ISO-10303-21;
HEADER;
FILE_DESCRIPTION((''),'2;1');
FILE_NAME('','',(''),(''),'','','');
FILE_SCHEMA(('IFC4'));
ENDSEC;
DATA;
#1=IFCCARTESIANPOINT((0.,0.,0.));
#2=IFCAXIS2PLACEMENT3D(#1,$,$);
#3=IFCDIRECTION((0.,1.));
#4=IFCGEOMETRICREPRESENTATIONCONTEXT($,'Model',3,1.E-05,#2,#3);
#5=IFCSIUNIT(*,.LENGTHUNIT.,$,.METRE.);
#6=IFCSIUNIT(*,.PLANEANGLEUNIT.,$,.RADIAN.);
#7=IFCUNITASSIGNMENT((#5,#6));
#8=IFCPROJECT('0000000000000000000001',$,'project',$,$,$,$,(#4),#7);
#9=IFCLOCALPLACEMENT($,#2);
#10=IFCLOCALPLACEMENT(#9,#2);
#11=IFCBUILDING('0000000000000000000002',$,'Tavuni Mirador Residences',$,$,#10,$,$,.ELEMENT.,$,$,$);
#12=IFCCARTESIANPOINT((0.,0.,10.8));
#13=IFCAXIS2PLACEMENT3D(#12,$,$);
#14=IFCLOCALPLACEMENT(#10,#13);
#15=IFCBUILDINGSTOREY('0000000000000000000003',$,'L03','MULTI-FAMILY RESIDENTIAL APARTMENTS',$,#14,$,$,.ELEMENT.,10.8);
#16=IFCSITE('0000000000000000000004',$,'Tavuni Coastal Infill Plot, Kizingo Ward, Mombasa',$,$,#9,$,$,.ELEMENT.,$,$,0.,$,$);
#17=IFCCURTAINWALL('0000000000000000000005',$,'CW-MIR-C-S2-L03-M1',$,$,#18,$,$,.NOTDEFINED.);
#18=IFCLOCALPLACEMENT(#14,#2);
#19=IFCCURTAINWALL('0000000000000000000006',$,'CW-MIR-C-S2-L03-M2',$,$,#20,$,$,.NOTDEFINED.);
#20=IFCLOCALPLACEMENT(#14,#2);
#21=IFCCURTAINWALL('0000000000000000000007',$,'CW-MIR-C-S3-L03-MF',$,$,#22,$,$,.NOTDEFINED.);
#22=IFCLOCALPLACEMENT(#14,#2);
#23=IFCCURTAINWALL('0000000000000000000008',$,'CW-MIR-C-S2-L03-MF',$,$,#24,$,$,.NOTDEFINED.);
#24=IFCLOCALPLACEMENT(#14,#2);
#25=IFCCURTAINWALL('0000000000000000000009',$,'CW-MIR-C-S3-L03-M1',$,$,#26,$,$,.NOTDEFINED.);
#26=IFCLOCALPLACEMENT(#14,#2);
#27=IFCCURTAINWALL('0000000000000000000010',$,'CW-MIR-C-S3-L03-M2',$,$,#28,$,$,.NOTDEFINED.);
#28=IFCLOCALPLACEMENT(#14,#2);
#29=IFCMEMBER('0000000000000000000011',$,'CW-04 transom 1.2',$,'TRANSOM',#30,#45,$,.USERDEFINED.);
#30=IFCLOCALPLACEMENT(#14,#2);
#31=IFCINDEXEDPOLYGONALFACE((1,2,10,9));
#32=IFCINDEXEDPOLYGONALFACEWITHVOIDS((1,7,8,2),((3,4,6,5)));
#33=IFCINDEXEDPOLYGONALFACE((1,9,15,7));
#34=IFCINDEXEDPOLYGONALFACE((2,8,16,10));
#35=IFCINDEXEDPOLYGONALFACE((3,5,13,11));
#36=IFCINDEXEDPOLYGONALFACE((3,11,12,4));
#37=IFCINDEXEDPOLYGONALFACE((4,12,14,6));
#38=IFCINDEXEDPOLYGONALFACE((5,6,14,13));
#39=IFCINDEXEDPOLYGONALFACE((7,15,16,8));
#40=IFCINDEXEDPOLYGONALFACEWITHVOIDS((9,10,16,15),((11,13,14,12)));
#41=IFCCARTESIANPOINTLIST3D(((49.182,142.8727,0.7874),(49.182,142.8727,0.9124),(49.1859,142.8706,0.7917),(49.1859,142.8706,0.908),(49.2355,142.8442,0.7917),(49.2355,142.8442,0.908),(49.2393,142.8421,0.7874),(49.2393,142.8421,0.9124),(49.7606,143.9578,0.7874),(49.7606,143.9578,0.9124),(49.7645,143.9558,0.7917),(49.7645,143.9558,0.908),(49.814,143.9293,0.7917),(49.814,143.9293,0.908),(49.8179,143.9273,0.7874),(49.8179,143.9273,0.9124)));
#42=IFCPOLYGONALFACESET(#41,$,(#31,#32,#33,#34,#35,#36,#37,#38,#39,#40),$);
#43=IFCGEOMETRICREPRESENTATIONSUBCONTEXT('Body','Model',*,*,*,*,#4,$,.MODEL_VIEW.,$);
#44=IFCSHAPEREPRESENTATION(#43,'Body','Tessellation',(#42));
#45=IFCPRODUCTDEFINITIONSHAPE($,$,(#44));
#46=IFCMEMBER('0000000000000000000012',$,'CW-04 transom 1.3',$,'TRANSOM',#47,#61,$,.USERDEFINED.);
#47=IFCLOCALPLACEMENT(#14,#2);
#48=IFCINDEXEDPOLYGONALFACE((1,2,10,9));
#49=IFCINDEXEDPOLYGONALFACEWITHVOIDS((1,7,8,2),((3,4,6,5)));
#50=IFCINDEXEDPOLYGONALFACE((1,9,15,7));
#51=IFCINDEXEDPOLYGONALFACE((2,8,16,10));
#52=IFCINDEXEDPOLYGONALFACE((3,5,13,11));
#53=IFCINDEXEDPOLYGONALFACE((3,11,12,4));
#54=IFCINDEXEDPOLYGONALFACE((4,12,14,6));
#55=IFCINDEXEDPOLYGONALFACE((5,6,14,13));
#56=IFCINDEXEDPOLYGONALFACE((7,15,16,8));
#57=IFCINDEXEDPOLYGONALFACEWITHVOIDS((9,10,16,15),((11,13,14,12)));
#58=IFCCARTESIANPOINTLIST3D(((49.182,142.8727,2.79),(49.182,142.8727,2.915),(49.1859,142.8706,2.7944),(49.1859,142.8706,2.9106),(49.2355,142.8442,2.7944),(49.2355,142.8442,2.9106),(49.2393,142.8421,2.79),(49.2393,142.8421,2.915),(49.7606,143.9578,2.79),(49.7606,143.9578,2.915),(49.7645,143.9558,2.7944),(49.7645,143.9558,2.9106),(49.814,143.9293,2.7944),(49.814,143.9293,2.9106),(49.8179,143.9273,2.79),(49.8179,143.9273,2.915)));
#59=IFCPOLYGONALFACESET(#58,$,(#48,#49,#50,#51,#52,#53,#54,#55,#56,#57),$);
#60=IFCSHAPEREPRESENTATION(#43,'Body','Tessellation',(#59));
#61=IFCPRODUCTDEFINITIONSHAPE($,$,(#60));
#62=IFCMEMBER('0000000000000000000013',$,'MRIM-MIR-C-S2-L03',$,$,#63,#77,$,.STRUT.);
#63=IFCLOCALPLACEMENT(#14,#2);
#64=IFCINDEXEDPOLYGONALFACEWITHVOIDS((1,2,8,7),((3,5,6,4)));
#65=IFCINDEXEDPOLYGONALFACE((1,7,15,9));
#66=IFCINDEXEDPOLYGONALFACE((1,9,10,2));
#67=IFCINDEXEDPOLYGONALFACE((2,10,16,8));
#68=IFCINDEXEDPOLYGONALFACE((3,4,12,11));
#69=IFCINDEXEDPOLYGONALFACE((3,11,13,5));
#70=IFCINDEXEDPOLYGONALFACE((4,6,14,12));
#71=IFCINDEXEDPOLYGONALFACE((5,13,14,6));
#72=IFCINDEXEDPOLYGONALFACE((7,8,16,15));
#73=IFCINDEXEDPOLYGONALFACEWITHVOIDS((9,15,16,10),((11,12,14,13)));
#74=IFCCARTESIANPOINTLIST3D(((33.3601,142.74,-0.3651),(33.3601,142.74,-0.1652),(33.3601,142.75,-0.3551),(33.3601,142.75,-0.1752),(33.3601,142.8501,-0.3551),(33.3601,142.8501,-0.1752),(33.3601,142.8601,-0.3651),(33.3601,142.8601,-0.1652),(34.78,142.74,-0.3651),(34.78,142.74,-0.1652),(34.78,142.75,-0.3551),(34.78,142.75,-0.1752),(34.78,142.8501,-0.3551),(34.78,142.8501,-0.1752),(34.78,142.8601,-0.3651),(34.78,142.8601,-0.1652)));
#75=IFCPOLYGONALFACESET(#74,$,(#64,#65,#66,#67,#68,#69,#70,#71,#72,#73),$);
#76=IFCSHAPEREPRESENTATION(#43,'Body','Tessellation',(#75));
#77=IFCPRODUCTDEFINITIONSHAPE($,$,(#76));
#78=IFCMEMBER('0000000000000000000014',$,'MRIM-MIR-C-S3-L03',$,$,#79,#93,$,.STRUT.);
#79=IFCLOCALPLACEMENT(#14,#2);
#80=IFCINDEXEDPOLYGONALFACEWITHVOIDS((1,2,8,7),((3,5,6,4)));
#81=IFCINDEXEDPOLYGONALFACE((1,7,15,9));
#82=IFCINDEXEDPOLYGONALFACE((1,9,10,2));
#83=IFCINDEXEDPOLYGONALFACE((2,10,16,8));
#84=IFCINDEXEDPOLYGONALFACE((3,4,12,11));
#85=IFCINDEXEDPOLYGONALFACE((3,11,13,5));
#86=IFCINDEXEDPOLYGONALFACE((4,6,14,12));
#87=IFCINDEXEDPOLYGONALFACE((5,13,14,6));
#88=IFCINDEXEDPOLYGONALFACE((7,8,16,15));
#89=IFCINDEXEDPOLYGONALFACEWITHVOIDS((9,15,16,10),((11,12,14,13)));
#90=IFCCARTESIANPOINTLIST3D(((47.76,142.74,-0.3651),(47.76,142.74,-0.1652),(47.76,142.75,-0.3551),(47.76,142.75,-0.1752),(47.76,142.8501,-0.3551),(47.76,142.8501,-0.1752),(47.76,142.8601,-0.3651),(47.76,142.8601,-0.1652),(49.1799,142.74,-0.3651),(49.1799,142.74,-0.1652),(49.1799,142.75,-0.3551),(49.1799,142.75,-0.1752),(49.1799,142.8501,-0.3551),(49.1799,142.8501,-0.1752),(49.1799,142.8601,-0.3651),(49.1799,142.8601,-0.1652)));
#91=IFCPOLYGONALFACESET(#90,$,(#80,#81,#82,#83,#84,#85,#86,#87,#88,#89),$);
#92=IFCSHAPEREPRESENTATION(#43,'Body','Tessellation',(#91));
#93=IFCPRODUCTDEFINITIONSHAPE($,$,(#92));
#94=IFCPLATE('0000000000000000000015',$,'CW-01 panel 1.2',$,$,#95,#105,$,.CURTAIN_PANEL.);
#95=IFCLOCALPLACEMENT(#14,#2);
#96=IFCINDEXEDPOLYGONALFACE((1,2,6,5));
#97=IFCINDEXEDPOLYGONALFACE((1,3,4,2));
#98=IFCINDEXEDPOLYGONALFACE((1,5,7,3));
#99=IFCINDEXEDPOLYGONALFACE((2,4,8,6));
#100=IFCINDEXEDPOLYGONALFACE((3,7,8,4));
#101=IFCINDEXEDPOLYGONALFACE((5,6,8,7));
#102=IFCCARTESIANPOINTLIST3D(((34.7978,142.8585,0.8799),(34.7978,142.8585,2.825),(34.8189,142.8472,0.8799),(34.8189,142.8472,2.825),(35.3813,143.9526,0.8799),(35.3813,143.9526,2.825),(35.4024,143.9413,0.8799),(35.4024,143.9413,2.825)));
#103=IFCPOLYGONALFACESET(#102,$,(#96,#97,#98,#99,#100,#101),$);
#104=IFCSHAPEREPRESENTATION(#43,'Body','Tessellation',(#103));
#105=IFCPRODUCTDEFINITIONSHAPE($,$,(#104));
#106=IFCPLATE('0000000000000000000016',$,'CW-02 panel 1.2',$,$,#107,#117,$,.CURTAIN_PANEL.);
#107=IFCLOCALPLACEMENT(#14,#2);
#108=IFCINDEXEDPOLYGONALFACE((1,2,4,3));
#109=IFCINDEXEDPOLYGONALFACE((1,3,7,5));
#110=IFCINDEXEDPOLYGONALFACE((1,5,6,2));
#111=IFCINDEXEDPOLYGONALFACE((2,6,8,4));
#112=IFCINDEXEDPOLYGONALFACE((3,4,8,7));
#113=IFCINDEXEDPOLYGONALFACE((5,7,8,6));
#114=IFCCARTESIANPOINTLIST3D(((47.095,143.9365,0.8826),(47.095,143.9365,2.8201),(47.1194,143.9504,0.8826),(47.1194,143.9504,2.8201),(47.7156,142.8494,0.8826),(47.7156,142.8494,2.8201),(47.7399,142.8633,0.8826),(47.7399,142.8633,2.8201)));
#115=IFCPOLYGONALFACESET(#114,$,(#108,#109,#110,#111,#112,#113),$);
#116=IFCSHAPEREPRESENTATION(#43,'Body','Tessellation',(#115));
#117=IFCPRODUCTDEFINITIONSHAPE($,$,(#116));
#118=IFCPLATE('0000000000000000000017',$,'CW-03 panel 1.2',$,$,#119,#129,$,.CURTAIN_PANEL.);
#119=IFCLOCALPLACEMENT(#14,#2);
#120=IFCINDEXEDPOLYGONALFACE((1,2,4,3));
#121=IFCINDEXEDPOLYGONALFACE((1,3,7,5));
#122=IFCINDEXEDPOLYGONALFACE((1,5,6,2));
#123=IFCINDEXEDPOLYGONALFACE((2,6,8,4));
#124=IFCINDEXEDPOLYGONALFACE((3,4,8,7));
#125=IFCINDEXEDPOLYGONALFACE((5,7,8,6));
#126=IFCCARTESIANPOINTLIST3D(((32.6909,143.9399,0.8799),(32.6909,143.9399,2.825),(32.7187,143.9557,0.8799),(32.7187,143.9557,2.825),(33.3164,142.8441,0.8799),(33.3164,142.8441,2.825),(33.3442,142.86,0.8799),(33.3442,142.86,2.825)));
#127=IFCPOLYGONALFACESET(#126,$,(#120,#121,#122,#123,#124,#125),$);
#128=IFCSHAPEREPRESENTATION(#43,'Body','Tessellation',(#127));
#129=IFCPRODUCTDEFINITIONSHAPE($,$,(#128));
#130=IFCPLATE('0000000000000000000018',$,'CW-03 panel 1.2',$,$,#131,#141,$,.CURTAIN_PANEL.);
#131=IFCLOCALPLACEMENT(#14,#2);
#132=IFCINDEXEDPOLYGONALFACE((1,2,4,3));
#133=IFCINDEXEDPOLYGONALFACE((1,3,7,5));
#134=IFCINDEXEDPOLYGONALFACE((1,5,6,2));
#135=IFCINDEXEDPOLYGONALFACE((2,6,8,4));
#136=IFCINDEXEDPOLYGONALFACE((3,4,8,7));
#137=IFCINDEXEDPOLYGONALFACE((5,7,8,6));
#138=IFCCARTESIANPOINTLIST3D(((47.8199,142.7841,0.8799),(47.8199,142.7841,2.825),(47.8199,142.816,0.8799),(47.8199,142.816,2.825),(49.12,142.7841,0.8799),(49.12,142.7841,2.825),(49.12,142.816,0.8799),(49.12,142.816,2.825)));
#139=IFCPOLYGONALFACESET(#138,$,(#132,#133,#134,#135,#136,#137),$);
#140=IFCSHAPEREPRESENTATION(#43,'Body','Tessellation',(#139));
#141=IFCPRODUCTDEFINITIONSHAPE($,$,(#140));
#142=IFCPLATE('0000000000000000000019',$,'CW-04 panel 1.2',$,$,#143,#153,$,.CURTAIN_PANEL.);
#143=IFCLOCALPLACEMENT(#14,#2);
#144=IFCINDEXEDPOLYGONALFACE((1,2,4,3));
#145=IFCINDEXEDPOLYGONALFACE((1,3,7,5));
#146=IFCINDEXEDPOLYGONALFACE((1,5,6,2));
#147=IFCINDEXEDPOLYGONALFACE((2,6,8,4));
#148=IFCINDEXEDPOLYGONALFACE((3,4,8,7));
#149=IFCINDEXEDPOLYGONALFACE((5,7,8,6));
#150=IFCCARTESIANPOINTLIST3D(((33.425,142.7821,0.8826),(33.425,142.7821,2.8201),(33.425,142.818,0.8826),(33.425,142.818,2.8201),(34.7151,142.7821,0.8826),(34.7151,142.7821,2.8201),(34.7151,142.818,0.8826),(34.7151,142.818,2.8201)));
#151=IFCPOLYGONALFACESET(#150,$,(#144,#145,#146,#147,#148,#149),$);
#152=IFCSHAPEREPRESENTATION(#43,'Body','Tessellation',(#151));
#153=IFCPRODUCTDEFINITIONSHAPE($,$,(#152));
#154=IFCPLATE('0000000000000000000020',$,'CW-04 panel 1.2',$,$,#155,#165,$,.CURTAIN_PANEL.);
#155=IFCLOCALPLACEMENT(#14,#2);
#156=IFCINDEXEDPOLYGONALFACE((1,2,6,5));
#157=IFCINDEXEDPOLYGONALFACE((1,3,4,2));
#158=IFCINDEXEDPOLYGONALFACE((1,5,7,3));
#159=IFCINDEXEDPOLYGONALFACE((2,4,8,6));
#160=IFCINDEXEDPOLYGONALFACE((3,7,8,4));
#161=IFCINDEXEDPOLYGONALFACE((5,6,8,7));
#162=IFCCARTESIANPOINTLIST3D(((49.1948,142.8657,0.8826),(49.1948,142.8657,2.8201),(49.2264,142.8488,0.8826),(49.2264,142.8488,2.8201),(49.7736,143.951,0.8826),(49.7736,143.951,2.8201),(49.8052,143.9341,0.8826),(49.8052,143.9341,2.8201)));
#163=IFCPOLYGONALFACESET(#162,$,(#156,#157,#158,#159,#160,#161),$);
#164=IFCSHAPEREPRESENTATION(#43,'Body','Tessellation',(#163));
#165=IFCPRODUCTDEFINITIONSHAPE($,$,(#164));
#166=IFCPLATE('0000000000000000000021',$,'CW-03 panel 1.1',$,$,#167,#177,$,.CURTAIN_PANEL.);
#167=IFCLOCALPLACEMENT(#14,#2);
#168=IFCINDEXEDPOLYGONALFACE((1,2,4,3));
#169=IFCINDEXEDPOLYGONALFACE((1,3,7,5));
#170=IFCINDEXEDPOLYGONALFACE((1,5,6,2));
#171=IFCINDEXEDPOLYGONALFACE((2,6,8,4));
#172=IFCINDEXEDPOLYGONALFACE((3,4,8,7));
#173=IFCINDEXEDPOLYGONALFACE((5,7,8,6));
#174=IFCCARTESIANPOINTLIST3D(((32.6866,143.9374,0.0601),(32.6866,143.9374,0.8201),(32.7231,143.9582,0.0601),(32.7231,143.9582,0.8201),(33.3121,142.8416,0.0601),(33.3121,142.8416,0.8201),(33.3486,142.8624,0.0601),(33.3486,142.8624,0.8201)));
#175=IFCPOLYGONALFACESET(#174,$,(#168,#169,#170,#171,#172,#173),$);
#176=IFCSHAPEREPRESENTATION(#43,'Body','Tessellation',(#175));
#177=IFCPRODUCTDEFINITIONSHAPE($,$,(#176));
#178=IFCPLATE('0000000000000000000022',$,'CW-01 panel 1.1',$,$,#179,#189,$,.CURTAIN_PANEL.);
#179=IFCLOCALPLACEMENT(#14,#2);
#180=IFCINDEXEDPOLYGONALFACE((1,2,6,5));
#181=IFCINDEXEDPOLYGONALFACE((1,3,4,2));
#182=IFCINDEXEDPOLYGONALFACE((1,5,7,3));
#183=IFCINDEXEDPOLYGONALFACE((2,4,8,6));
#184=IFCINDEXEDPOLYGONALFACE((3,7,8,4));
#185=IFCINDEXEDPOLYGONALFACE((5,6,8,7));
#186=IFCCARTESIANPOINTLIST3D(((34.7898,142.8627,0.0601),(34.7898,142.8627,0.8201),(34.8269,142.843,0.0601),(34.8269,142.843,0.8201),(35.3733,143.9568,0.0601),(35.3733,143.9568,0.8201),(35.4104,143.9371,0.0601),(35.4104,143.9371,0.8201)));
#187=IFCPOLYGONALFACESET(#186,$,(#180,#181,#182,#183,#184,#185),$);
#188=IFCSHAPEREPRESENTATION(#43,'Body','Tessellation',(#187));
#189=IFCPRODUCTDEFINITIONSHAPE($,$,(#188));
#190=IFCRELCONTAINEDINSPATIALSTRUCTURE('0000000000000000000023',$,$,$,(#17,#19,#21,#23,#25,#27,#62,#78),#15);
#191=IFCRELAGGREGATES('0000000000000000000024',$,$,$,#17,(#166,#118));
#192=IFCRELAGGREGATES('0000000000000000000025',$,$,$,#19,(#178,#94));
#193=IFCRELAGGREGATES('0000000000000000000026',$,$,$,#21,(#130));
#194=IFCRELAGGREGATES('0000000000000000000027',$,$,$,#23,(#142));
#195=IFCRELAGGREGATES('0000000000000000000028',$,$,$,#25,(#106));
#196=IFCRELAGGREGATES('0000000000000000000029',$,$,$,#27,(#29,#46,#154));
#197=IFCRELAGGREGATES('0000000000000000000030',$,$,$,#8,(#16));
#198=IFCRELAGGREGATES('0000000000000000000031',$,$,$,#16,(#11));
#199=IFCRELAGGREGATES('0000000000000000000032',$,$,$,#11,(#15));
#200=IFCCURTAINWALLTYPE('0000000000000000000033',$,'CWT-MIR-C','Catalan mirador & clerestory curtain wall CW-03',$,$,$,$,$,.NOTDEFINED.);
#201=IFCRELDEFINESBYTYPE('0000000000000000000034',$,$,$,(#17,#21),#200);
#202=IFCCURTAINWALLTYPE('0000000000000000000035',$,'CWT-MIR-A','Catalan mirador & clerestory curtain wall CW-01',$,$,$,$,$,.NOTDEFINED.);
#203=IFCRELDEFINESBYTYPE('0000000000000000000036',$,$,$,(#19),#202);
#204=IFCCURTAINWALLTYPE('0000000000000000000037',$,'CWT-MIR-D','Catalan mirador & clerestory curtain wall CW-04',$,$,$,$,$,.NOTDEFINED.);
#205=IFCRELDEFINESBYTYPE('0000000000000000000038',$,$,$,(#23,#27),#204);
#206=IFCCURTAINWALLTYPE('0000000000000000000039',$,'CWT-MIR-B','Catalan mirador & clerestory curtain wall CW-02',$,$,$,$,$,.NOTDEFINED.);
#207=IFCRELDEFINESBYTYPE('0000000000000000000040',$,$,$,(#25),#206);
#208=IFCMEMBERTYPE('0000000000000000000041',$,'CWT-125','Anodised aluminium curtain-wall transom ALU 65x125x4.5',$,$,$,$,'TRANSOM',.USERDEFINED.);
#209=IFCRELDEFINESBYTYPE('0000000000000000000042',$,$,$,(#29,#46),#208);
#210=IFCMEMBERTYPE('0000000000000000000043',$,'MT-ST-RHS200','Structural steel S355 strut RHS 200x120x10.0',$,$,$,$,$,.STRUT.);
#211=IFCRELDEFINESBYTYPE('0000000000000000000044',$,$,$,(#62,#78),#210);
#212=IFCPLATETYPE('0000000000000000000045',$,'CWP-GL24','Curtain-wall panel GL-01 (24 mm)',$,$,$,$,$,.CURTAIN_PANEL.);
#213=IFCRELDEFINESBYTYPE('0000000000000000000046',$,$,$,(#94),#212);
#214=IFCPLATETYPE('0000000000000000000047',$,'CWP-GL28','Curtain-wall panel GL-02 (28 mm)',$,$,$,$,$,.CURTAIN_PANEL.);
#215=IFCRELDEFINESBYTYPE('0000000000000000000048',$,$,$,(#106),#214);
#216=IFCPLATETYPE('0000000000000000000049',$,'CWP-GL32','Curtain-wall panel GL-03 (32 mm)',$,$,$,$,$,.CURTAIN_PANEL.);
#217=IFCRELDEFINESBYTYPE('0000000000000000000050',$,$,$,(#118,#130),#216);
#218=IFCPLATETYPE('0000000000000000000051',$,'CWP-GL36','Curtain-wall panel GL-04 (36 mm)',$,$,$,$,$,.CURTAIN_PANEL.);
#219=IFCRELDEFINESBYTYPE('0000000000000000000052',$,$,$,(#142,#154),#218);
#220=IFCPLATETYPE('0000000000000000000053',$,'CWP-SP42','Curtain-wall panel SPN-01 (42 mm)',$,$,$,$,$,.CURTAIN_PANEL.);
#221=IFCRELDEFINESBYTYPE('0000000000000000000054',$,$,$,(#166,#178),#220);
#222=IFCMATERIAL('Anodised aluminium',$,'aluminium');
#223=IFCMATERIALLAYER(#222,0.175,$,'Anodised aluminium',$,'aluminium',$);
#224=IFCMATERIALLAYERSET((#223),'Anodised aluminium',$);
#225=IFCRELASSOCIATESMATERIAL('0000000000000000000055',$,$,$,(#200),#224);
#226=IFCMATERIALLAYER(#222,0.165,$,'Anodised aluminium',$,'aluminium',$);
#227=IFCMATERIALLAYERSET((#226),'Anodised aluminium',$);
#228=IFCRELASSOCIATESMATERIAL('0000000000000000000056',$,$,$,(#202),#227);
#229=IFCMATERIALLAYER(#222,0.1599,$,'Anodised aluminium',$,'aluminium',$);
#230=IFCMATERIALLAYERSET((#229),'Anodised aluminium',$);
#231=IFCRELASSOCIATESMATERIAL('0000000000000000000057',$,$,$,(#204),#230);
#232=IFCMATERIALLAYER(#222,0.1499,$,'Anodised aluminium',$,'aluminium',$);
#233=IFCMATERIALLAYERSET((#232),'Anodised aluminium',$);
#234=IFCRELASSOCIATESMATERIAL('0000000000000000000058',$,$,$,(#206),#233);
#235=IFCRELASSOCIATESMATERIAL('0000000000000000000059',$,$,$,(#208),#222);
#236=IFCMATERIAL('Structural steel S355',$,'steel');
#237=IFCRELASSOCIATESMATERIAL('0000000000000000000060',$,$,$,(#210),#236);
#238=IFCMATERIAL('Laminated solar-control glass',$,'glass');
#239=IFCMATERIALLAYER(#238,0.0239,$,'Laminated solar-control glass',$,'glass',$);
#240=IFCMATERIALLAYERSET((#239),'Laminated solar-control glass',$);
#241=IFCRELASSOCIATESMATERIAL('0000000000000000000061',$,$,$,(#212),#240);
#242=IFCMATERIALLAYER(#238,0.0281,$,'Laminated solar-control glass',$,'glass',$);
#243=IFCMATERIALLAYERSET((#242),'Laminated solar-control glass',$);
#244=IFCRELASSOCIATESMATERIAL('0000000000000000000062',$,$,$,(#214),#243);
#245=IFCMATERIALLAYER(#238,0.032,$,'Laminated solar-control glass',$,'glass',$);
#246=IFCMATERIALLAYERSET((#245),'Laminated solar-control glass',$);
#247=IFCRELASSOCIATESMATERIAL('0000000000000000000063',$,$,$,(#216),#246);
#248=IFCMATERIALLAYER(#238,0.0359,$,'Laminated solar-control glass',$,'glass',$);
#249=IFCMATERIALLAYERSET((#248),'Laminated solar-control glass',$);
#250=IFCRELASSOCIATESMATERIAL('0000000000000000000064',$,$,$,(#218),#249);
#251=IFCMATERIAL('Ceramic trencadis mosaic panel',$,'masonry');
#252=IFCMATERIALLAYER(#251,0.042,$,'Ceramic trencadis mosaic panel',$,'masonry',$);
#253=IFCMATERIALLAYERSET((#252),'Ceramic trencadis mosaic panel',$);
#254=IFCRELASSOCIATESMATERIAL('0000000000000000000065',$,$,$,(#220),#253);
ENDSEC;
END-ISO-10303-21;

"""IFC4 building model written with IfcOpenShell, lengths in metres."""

from ifc_helpers import new_model, si_unit, direction, frame, origin, origin_2d, place, context, subcontext, project, spatial, rectangle, hollow_rectangle, extrude, material, layer, layer_set, material_profile, profile_set, type_object, element, aggregate, save


model = new_model("IFC4")

# Units and contexts
model_context = context("Model", 3, precision=1e-05, world=origin(), true_north=direction((0.0, 1.0)))
body_context = subcontext(model_context, "Body", "Model", "MODEL_VIEW")
ifc_project = project(units=[si_unit("LENGTHUNIT", "METRE"), si_unit("PLANEANGLEUNIT", "RADIAN")], contexts=[model_context])

# Site, building, storey
site_placement = place(None, origin())
site = spatial("IfcSite", under=ifc_project, at=site_placement, Name="Tavuni Coastal Infill Plot, Kizingo Ward, Mombasa", CompositionType="ELEMENT", RefElevation=0.0)
building_placement = place(site_placement, origin())
building = spatial("IfcBuilding", under=site, at=building_placement, Name="Tavuni Mirador Residences", CompositionType="ELEMENT")
storey_placement = place(building_placement, frame((0.0, 0.0, 10.8)))
storey = spatial("IfcBuildingStorey", under=building, at=storey_placement, Name="L03", Description="MULTI-FAMILY RESIDENTIAL APARTMENTS", CompositionType="ELEMENT", Elevation=10.8)

# Curtain walls
ifc_material_1 = material(Name="Anodised aluminium", Category="aluminium")
ifc_layer_1 = layer(ifc_material_1, 0.175, Name="Anodised aluminium", Category="aluminium")
ifc_layer_set_1 = layer_set([ifc_layer_1], Name="Anodised aluminium")
curtain_wall_type_1 = type_object("IfcCurtainWallType", Name="CWT-MIR-C", Description="Catalan mirador & clerestory curtain wall CW-03", PredefinedType="NOTDEFINED", material=ifc_layer_set_1)
curtain_wall_1_placement = place(storey_placement, origin())
curtain_wall_1 = element("IfcCurtainWall", 1, at=curtain_wall_1_placement, inside=storey, type_object=curtain_wall_type_1, Name="CW-MIR-C-S2-L03-M1", PredefinedType="NOTDEFINED")
ifc_layer_2 = layer(ifc_material_1, 0.165, Name="Anodised aluminium", Category="aluminium")
ifc_layer_set_2 = layer_set([ifc_layer_2], Name="Anodised aluminium")
curtain_wall_type_2 = type_object("IfcCurtainWallType", Name="CWT-MIR-A", Description="Catalan mirador & clerestory curtain wall CW-01", PredefinedType="NOTDEFINED", material=ifc_layer_set_2)
curtain_wall_2_placement = place(storey_placement, origin())
curtain_wall_2 = element("IfcCurtainWall", 2, at=curtain_wall_2_placement, inside=storey, type_object=curtain_wall_type_2, Name="CW-MIR-C-S2-L03-M2", PredefinedType="NOTDEFINED")

# Curtain walls
curtain_wall_3_placement = place(storey_placement, origin())
curtain_wall_3 = element("IfcCurtainWall", 3, at=curtain_wall_3_placement, inside=storey, type_object=curtain_wall_type_1, Name="CW-MIR-C-S3-L03-MF", PredefinedType="NOTDEFINED")
ifc_layer_3 = layer(ifc_material_1, 0.1599, Name="Anodised aluminium", Category="aluminium")
ifc_layer_set_3 = layer_set([ifc_layer_3], Name="Anodised aluminium")
curtain_wall_type_3 = type_object("IfcCurtainWallType", Name="CWT-MIR-D", Description="Catalan mirador & clerestory curtain wall CW-04", PredefinedType="NOTDEFINED", material=ifc_layer_set_3)
curtain_wall_4_placement = place(storey_placement, origin())
curtain_wall_4 = element("IfcCurtainWall", 4, at=curtain_wall_4_placement, inside=storey, type_object=curtain_wall_type_3, Name="CW-MIR-C-S2-L03-MF", PredefinedType="NOTDEFINED")

# Curtain wall
ifc_layer_4 = layer(ifc_material_1, 0.1499, Name="Anodised aluminium", Category="aluminium")
ifc_layer_set_4 = layer_set([ifc_layer_4], Name="Anodised aluminium")
curtain_wall_type_4 = type_object("IfcCurtainWallType", Name="CWT-MIR-B", Description="Catalan mirador & clerestory curtain wall CW-02", PredefinedType="NOTDEFINED", material=ifc_layer_set_4)
curtain_wall_5_placement = place(storey_placement, origin())
curtain_wall_5 = element("IfcCurtainWall", 5, at=curtain_wall_5_placement, inside=storey, type_object=curtain_wall_type_4, Name="CW-MIR-C-S3-L03-M1", PredefinedType="NOTDEFINED")

# Curtain wall
curtain_wall_6_placement = place(storey_placement, origin())
curtain_wall_6 = element("IfcCurtainWall", 6, at=curtain_wall_6_placement, inside=storey, type_object=curtain_wall_type_3, Name="CW-MIR-C-S3-L03-M2", PredefinedType="NOTDEFINED")

# Members
ifc_material_profile_1 = material_profile(ifc_material_1, hollow_rectangle(XDim=0.0649, YDim=0.125, WallThickness=0.0044, at=origin_2d()), Name="ALU 65x125x4.5", Category="aluminium")
ifc_profile_set_1 = profile_set([ifc_material_profile_1], Name="Anodised aluminium")
member_type_1 = type_object("IfcMemberType", Name="CWT-125", Description="Anodised aluminium curtain-wall transom ALU 65x125x4.5", ElementType="TRANSOM", PredefinedType="USERDEFINED", material=ifc_profile_set_1)
member_1_placement = place(storey_placement, frame((49.2107, 142.8574, 0.8499), z_axis=(0.470485, 0.882408, 0.0), x_axis=(-0.882408, 0.470485, 0.0)))
member_1 = element("IfcMember", 7, at=member_1_placement, type_object=member_type_1, Name="CW-04 transom 1.2", ObjectType="TRANSOM", PredefinedType="USERDEFINED", context=body_context, shape_type="SweptSolid", body=[
    extrude(hollow_rectangle(XDim=0.0649, YDim=0.125, WallThickness=0.0044, at=origin_2d()), origin(), (0.0, 0.0, 1.0), 1.2297),
])
member_2_placement = place(storey_placement, frame((49.2107, 142.8574, 2.8525), z_axis=(0.470485, 0.882408, 0.0), x_axis=(-0.882408, 0.470485, 0.0)))
member_2 = element("IfcMember", 8, at=member_2_placement, type_object=member_type_1, Name="CW-04 transom 1.3", ObjectType="TRANSOM", PredefinedType="USERDEFINED", context=body_context, shape_type="SweptSolid", body=[
    extrude(hollow_rectangle(XDim=0.0649, YDim=0.125, WallThickness=0.0044, at=origin_2d()), origin(), (0.0, 0.0, 1.0), 1.2297),
])

# Members
ifc_material_2 = material(Name="Structural steel S355", Category="steel")
ifc_material_profile_2 = material_profile(ifc_material_2, hollow_rectangle(XDim=0.1201, YDim=0.2, WallThickness=0.01, at=origin_2d()), Name="RHS 200x120x10.0", Category="steel")
ifc_profile_set_2 = profile_set([ifc_material_profile_2], Name="Structural steel S355")
member_type_2 = type_object("IfcMemberType", Name="MT-ST-RHS200", Description="Structural steel S355 strut RHS 200x120x10.0", PredefinedType="STRUT", material=ifc_profile_set_2)
for number, where, z_axis, x_axis, name in (
    (9, (33.3601, 142.8, -0.2651), (1.0, 0.0, 0.0), (0.0, 1.0, 0.0), "MRIM-MIR-C-S2-L03"),
    (10, (47.76, 142.8, -0.2651), (1.0, 0.0, 0.0), (0.0, 1.0, 0.0), "MRIM-MIR-C-S3-L03"),
):
    element("IfcMember", number, at=place(storey_placement, frame(where, z_axis=z_axis, x_axis=x_axis)), inside=storey, type_object=member_type_2, Name=name, PredefinedType="STRUT", context=body_context, shape_type="SweptSolid", body=[
        extrude(hollow_rectangle(XDim=0.1201, YDim=0.2, WallThickness=0.01, at=origin_2d()), origin(), (0.0, 0.0, 1.0), 1.4199),
    ])

# Plates
ifc_material_3 = material(Name="Laminated solar-control glass", Category="glass")
ifc_layer_5 = layer(ifc_material_3, 0.0239, Name="Laminated solar-control glass", Category="glass")
ifc_layer_set_5 = layer_set([ifc_layer_5], Name="Laminated solar-control glass")
plate_type_1 = type_object("IfcPlateType", Name="CWP-GL24", Description="Curtain-wall panel GL-01 (24 mm)", PredefinedType="CURTAIN_PANEL", material=ifc_layer_set_5)
plate_1_placement = place(storey_placement, frame((35.1001, 143.3999, 0.8799), z_axis=(0.0, 0.0, 1.0), x_axis=(0.470588, 0.882353, 0.0)))
plate_1 = element("IfcPlate", 11, at=plate_1_placement, type_object=plate_type_1, Name="CW-01 panel 1.2", PredefinedType="CURTAIN_PANEL", context=body_context, shape_type="SweptSolid", body=[
    extrude(rectangle(XDim=1.24, YDim=0.0239, at=origin_2d()), origin(), (0.0, 0.0, 1.0), 1.9451),
])
ifc_layer_6 = layer(ifc_material_3, 0.0281, Name="Laminated solar-control glass", Category="glass")
ifc_layer_set_6 = layer_set([ifc_layer_6], Name="Laminated solar-control glass")
plate_type_2 = type_object("IfcPlateType", Name="CWP-GL28", Description="Curtain-wall panel GL-02 (28 mm)", PredefinedType="CURTAIN_PANEL", material=ifc_layer_set_6)
plate_2_placement = place(storey_placement, frame((47.4175, 143.3999, 0.8826), z_axis=(0.0, 0.0, 1.0), x_axis=(0.495749, -0.868466, 0.0)))
plate_2 = element("IfcPlate", 12, at=plate_2_placement, type_object=plate_type_2, Name="CW-02 panel 1.2", PredefinedType="CURTAIN_PANEL", context=body_context, shape_type="SweptSolid", body=[
    extrude(rectangle(XDim=1.2517, YDim=0.0281, at=origin_2d()), origin(), (0.0, 0.0, 1.0), 1.9375),
])
ifc_layer_7 = layer(ifc_material_3, 0.032, Name="Laminated solar-control glass", Category="glass")
ifc_layer_set_7 = layer_set([ifc_layer_7], Name="Laminated solar-control glass")
plate_type_3 = type_object("IfcPlateType", Name="CWP-GL32", Description="Curtain-wall panel GL-03 (32 mm)", PredefinedType="CURTAIN_PANEL", material=ifc_layer_set_7)
plate_3_placement = place(storey_placement, frame((33.0176, 143.3999, 0.8799), z_axis=(0.0, 0.0, 1.0), x_axis=(0.495749, -0.868466, 0.0)))
plate_3 = element("IfcPlate", 13, at=plate_3_placement, type_object=plate_type_3, Name="CW-03 panel 1.2", PredefinedType="CURTAIN_PANEL", context=body_context, shape_type="SweptSolid", body=[
    extrude(rectangle(XDim=1.2617, YDim=0.032, at=origin_2d()), origin(), (0.0, 0.0, 1.0), 1.9451),
])
plate_4_placement = place(storey_placement, frame((48.47, 142.8, 0.8799), z_axis=(0.0, 0.0, 1.0), x_axis=(1.0, 0.0, 0.0)))
plate_4 = element("IfcPlate", 14, at=plate_4_placement, type_object=plate_type_3, Name="CW-03 panel 1.2", PredefinedType="CURTAIN_PANEL", context=body_context, shape_type="SweptSolid", body=[
    extrude(rectangle(XDim=1.3, YDim=0.032, at=origin_2d()), origin(), (0.0, 0.0, 1.0), 1.9451),
])
ifc_layer_8 = layer(ifc_material_3, 0.0359, Name="Laminated solar-control glass", Category="glass")
ifc_layer_set_8 = layer_set([ifc_layer_8], Name="Laminated solar-control glass")
plate_type_4 = type_object("IfcPlateType", Name="CWP-GL36", Description="Curtain-wall panel GL-04 (36 mm)", PredefinedType="CURTAIN_PANEL", material=ifc_layer_set_8)
plate_5_placement = place(storey_placement, frame((34.0701, 142.8, 0.8826), z_axis=(0.0, 0.0, 1.0), x_axis=(1.0, 0.0, 0.0)))
plate_5 = element("IfcPlate", 15, at=plate_5_placement, type_object=plate_type_4, Name="CW-04 panel 1.2", PredefinedType="CURTAIN_PANEL", context=body_context, shape_type="SweptSolid", body=[
    extrude(rectangle(XDim=1.29, YDim=0.0359, at=origin_2d()), origin(), (0.0, 0.0, 1.0), 1.9375),
])
plate_6_placement = place(storey_placement, frame((49.5, 143.3999, 0.8826), z_axis=(0.0, 0.0, 1.0), x_axis=(0.470588, 0.882353, 0.0)))
plate_6 = element("IfcPlate", 16, at=plate_6_placement, type_object=plate_type_4, Name="CW-04 panel 1.2", PredefinedType="CURTAIN_PANEL", context=body_context, shape_type="SweptSolid", body=[
    extrude(rectangle(XDim=1.23, YDim=0.0359, at=origin_2d()), origin(), (0.0, 0.0, 1.0), 1.9375),
])
ifc_material_4 = material(Name="Ceramic trencadis mosaic panel", Category="masonry")
ifc_layer_9 = layer(ifc_material_4, 0.042, Name="Ceramic trencadis mosaic panel", Category="masonry")
ifc_layer_set_9 = layer_set([ifc_layer_9], Name="Ceramic trencadis mosaic panel")
plate_type_5 = type_object("IfcPlateType", Name="CWP-SP42", Description="Curtain-wall panel SPN-01 (42 mm)", PredefinedType="CURTAIN_PANEL", material=ifc_layer_set_9)
plate_7_placement = place(storey_placement, frame((33.0176, 143.3999, 0.0601), z_axis=(0.0, 0.0, 1.0), x_axis=(0.495749, -0.868466, 0.0)))
plate_7 = element("IfcPlate", 17, at=plate_7_placement, type_object=plate_type_5, Name="CW-03 panel 1.1", PredefinedType="CURTAIN_PANEL", context=body_context, shape_type="SweptSolid", body=[
    extrude(rectangle(XDim=1.2617, YDim=0.042, at=origin_2d()), origin(), (0.0, 0.0, 1.0), 0.76),
])
aggregate(curtain_wall_1, [plate_7, plate_3])
plate_8_placement = place(storey_placement, frame((35.1001, 143.3999, 0.0601), z_axis=(0.0, 0.0, 1.0), x_axis=(0.470588, 0.882353, 0.0)))
plate_8 = element("IfcPlate", 18, at=plate_8_placement, type_object=plate_type_5, Name="CW-01 panel 1.1", PredefinedType="CURTAIN_PANEL", context=body_context, shape_type="SweptSolid", body=[
    extrude(rectangle(XDim=1.24, YDim=0.042, at=origin_2d()), origin(), (0.0, 0.0, 1.0), 0.76),
])
aggregate(curtain_wall_2, [plate_8, plate_1])
aggregate(curtain_wall_3, [plate_4])
aggregate(curtain_wall_4, [plate_5])
aggregate(curtain_wall_5, [plate_2])
aggregate(curtain_wall_6, [member_1, member_2, plate_6])

save(model, "model.ifc")
